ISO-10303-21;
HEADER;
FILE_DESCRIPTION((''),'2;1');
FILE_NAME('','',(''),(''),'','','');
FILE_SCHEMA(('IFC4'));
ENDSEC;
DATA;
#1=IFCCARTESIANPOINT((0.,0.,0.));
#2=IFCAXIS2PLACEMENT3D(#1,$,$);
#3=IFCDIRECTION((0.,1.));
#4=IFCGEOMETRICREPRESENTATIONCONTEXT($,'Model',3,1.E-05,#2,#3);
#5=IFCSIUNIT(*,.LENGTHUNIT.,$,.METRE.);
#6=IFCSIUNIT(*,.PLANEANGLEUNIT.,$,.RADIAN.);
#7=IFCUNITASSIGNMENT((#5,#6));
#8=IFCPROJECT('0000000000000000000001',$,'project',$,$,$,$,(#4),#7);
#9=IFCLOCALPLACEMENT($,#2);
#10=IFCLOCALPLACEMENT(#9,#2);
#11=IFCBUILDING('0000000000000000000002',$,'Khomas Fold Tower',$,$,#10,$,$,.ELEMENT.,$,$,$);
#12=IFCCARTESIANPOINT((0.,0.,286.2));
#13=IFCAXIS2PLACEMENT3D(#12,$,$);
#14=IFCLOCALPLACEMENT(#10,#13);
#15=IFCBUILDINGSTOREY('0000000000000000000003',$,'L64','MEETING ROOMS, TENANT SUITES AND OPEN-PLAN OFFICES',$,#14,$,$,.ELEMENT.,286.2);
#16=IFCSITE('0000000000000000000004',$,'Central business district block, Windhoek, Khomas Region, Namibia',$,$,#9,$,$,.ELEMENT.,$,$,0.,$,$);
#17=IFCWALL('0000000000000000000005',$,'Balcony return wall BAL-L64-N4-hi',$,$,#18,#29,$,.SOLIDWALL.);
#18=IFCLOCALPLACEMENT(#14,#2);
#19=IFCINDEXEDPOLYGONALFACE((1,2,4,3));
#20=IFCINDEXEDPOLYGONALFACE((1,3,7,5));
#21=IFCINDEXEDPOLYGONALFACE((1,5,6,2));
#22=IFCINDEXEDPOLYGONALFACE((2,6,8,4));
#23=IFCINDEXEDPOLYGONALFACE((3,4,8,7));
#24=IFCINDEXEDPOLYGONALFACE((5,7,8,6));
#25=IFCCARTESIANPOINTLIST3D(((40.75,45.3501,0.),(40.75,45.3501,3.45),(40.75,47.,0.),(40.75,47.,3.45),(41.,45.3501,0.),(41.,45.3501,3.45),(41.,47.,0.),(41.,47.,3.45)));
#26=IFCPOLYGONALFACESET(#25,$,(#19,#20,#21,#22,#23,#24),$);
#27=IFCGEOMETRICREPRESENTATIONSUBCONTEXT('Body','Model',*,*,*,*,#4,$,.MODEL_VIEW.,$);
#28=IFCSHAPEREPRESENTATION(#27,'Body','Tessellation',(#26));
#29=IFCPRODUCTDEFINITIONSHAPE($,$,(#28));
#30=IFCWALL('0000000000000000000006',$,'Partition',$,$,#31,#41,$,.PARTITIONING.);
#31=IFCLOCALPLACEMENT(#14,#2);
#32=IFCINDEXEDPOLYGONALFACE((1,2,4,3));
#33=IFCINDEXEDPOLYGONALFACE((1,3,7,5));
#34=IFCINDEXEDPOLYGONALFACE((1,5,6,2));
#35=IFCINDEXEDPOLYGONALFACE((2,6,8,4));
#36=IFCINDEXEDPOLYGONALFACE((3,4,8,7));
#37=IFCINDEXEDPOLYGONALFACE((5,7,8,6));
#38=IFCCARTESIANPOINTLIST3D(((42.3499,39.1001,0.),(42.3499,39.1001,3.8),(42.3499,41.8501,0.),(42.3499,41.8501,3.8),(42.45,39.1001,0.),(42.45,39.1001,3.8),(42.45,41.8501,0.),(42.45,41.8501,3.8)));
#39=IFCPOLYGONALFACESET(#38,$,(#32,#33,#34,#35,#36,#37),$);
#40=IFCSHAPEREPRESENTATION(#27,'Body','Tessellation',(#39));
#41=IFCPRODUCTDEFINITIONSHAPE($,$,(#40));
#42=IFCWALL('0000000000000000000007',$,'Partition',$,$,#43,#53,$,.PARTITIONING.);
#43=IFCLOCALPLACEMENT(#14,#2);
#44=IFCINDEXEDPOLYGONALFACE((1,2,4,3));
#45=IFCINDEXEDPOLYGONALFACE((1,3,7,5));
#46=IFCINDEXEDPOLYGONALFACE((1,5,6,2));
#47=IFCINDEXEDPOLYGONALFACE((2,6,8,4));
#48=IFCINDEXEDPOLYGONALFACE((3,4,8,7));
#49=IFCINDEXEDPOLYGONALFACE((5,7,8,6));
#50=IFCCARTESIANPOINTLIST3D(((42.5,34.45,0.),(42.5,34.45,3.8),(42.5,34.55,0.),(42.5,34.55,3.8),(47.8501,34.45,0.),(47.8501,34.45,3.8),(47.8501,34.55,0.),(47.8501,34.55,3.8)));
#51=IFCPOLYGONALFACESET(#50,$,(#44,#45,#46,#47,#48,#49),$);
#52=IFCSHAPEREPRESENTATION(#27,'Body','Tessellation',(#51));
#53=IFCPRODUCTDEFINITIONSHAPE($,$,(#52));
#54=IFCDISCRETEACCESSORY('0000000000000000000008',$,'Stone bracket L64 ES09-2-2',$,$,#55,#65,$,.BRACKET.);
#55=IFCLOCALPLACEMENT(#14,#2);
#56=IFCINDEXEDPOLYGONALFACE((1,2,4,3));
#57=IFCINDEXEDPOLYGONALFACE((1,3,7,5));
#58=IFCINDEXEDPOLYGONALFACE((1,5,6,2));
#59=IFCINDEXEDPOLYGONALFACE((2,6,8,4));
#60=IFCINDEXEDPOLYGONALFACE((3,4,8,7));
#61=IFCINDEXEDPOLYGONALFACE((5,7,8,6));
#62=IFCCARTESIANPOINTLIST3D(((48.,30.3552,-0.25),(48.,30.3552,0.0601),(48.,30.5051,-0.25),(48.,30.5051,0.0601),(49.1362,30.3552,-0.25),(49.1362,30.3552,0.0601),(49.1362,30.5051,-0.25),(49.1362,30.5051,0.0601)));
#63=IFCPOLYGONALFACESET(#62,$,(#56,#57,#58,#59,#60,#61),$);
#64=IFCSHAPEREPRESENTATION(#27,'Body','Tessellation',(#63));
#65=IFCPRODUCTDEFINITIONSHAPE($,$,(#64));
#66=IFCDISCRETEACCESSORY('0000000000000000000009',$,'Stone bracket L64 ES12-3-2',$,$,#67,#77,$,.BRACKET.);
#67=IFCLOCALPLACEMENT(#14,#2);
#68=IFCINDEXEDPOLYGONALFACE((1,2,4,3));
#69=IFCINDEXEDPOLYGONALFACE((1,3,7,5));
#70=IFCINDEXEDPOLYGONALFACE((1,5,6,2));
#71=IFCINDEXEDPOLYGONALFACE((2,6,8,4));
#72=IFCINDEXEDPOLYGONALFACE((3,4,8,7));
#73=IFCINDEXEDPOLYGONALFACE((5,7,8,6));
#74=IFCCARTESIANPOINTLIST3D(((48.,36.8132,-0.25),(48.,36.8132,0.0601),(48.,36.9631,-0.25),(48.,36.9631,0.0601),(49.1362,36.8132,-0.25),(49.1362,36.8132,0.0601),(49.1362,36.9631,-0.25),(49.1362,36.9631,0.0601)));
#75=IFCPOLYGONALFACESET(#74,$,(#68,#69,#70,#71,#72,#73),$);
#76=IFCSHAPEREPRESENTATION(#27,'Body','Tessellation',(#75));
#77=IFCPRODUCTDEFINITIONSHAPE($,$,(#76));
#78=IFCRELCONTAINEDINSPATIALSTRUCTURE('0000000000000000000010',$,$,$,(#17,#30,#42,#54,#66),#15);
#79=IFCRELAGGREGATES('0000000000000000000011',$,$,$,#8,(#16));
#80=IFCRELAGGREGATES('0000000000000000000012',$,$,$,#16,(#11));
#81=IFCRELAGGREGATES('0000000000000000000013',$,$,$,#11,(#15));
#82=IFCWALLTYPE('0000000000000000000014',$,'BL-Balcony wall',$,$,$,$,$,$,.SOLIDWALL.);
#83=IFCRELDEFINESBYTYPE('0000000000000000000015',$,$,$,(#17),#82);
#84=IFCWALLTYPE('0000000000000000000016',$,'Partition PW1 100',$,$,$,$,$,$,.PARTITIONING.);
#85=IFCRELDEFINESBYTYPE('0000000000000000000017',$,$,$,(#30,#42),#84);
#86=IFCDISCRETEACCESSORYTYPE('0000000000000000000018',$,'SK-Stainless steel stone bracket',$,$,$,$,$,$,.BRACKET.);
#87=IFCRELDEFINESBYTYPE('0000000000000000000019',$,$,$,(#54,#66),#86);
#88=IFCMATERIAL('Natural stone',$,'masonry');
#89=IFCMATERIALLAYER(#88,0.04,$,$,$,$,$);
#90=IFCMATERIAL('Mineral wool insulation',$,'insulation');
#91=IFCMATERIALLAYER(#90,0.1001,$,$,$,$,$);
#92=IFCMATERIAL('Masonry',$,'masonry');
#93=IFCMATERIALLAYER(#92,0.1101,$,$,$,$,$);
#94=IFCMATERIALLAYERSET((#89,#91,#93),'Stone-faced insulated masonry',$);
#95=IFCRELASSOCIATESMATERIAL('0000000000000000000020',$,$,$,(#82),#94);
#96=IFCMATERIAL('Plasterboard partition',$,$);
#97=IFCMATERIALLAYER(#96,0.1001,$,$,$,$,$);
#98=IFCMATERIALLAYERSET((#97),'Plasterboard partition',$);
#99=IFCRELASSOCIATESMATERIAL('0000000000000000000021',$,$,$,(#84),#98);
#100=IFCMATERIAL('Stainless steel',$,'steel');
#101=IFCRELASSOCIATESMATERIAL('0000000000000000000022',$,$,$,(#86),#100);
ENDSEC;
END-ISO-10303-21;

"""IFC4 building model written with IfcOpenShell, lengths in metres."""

from ifc_helpers import new_model, si_unit, direction, frame, frame_2d, origin, origin_2d, place, context, subcontext, project, spatial, rectangle, extrude, source, transform, mapped, material, layer, layer_set, type_object, element, save


model = new_model("IFC4")

# Units and contexts
model_context = context("Model", 3, precision=1e-05, world=origin(), true_north=direction((0.0, 1.0)))
body_context = subcontext(model_context, "Body", "Model", "MODEL_VIEW")
ifc_project = project(units=[si_unit("LENGTHUNIT", "METRE"), si_unit("PLANEANGLEUNIT", "RADIAN")], contexts=[model_context])

# Site, building, storey
site_placement = place(None, origin())
site = spatial("IfcSite", under=ifc_project, at=site_placement, Name="Central business district block, Windhoek, Khomas Region, Namibia", CompositionType="ELEMENT", RefElevation=0.0)
building_placement = place(site_placement, origin())
building = spatial("IfcBuilding", under=site, at=building_placement, Name="Khomas Fold Tower", CompositionType="ELEMENT")
storey_placement = place(building_placement, frame((0.0, 0.0, 286.2)))
storey = spatial("IfcBuildingStorey", under=building, at=storey_placement, Name="L64", Description="MEETING ROOMS, TENANT SUITES AND OPEN-PLAN OFFICES", CompositionType="ELEMENT", Elevation=286.2)

# Walls
ifc_material_1 = material(Name="Natural stone", Category="masonry")
ifc_layer_1 = layer(ifc_material_1, 0.04)
ifc_material_2 = material(Name="Mineral wool insulation", Category="insulation")
ifc_layer_2 = layer(ifc_material_2, 0.1001)
ifc_material_3 = material(Name="Masonry", Category="masonry")
ifc_layer_3 = layer(ifc_material_3, 0.1101)
ifc_layer_set_1 = layer_set([ifc_layer_1, ifc_layer_2, ifc_layer_3], Name="Stone-faced insulated masonry")
wall_type_1 = type_object("IfcWallType", Name="BL-Balcony wall", PredefinedType="SOLIDWALL", material=ifc_layer_set_1)
shared_shape_1 = source(origin(), body_context, "Body", "SweptSolid", [
    extrude(rectangle(XDim=1.6499, YDim=0.25, at=frame_2d((0.825, 0.0))), origin(), (0.0, 0.0, 1.0), 3.45),
])
wall_1_placement = place(storey_placement, frame((40.875, 47.0, 0.0), z_axis=(0.0, 0.0, 1.0), x_axis=(0.0, -1.0, 0.0)))
element("IfcWall", 1, at=wall_1_placement, inside=storey, type_object=wall_type_1, Name="Balcony return wall BAL-L64-N4-hi", PredefinedType="SOLIDWALL", context=body_context, shape_type="MappedRepresentation", body=[
    mapped(shared_shape_1, transform((0.0, 0.0, 0.0))),
])
ifc_material_4 = material(Name="Plasterboard partition")
ifc_layer_4 = layer(ifc_material_4, 0.1001)
ifc_layer_set_2 = layer_set([ifc_layer_4], Name="Plasterboard partition")
wall_type_2 = type_object("IfcWallType", Name="Partition PW1 100", PredefinedType="PARTITIONING", material=ifc_layer_set_2)
shared_shape_2 = source(origin(), body_context, "Body", "SweptSolid", [
    extrude(rectangle(XDim=2.75, YDim=0.1001, at=frame_2d((1.375, 0.0))), origin(), (0.0, 0.0, 1.0), 3.8),
])
wall_2_placement = place(storey_placement, frame((42.3999, 39.1001, 0.0), z_axis=(0.0, 0.0, 1.0), x_axis=(0.0, 1.0, 0.0)))
element("IfcWall", 2, at=wall_2_placement, inside=storey, type_object=wall_type_2, Name="Partition", PredefinedType="PARTITIONING", context=body_context, shape_type="MappedRepresentation", body=[
    mapped(shared_shape_2, transform((0.0, 0.0, 0.0))),
])
shared_shape_3 = source(origin(), body_context, "Body", "SweptSolid", [
    extrude(rectangle(XDim=5.3501, YDim=0.1001, at=frame_2d((2.675, 0.0))), origin(), (0.0, 0.0, 1.0), 3.8),
])
wall_3_placement = place(storey_placement, frame((42.5, 34.5, 0.0), z_axis=(0.0, 0.0, 1.0), x_axis=(1.0, 0.0, 0.0)))
element("IfcWall", 3, at=wall_3_placement, inside=storey, type_object=wall_type_2, Name="Partition", PredefinedType="PARTITIONING", context=body_context, shape_type="MappedRepresentation", body=[
    mapped(shared_shape_3, transform((0.0, 0.0, 0.0))),
])

# Discrete accessories
ifc_material_5 = material(Name="Stainless steel", Category="steel")
discrete_accessory_type = type_object("IfcDiscreteAccessoryType", Name="SK-Stainless steel stone bracket", PredefinedType="BRACKET", material=ifc_material_5)
shared_shape_4 = source(origin(), body_context, "Body", "SweptSolid", [
    extrude(rectangle(XDim=1.1362, YDim=0.1499, at=origin_2d()), origin(), (0.0, 0.0, 1.0), 0.3101),
])
for number, where, z_axis, x_axis, name in (
    (4, (48.5681, 30.4302, -0.25), (0.0, 0.0, 1.0), (1.0, 0.0, 0.0), "Stone bracket L64 ES09-2-2"),
    (5, (48.5681, 36.8882, -0.25), (0.0, 0.0, 1.0), (1.0, 0.0, 0.0), "Stone bracket L64 ES12-3-2"),
):
    element("IfcDiscreteAccessory", number, at=place(storey_placement, frame(where, z_axis=z_axis, x_axis=x_axis)), inside=storey, type_object=discrete_accessory_type, Name=name, PredefinedType="BRACKET", context=body_context, shape_type="MappedRepresentation", body=[
        mapped(shared_shape_4, transform((0.0, 0.0, 0.0))),
    ])

save(model, "model.ifc")
